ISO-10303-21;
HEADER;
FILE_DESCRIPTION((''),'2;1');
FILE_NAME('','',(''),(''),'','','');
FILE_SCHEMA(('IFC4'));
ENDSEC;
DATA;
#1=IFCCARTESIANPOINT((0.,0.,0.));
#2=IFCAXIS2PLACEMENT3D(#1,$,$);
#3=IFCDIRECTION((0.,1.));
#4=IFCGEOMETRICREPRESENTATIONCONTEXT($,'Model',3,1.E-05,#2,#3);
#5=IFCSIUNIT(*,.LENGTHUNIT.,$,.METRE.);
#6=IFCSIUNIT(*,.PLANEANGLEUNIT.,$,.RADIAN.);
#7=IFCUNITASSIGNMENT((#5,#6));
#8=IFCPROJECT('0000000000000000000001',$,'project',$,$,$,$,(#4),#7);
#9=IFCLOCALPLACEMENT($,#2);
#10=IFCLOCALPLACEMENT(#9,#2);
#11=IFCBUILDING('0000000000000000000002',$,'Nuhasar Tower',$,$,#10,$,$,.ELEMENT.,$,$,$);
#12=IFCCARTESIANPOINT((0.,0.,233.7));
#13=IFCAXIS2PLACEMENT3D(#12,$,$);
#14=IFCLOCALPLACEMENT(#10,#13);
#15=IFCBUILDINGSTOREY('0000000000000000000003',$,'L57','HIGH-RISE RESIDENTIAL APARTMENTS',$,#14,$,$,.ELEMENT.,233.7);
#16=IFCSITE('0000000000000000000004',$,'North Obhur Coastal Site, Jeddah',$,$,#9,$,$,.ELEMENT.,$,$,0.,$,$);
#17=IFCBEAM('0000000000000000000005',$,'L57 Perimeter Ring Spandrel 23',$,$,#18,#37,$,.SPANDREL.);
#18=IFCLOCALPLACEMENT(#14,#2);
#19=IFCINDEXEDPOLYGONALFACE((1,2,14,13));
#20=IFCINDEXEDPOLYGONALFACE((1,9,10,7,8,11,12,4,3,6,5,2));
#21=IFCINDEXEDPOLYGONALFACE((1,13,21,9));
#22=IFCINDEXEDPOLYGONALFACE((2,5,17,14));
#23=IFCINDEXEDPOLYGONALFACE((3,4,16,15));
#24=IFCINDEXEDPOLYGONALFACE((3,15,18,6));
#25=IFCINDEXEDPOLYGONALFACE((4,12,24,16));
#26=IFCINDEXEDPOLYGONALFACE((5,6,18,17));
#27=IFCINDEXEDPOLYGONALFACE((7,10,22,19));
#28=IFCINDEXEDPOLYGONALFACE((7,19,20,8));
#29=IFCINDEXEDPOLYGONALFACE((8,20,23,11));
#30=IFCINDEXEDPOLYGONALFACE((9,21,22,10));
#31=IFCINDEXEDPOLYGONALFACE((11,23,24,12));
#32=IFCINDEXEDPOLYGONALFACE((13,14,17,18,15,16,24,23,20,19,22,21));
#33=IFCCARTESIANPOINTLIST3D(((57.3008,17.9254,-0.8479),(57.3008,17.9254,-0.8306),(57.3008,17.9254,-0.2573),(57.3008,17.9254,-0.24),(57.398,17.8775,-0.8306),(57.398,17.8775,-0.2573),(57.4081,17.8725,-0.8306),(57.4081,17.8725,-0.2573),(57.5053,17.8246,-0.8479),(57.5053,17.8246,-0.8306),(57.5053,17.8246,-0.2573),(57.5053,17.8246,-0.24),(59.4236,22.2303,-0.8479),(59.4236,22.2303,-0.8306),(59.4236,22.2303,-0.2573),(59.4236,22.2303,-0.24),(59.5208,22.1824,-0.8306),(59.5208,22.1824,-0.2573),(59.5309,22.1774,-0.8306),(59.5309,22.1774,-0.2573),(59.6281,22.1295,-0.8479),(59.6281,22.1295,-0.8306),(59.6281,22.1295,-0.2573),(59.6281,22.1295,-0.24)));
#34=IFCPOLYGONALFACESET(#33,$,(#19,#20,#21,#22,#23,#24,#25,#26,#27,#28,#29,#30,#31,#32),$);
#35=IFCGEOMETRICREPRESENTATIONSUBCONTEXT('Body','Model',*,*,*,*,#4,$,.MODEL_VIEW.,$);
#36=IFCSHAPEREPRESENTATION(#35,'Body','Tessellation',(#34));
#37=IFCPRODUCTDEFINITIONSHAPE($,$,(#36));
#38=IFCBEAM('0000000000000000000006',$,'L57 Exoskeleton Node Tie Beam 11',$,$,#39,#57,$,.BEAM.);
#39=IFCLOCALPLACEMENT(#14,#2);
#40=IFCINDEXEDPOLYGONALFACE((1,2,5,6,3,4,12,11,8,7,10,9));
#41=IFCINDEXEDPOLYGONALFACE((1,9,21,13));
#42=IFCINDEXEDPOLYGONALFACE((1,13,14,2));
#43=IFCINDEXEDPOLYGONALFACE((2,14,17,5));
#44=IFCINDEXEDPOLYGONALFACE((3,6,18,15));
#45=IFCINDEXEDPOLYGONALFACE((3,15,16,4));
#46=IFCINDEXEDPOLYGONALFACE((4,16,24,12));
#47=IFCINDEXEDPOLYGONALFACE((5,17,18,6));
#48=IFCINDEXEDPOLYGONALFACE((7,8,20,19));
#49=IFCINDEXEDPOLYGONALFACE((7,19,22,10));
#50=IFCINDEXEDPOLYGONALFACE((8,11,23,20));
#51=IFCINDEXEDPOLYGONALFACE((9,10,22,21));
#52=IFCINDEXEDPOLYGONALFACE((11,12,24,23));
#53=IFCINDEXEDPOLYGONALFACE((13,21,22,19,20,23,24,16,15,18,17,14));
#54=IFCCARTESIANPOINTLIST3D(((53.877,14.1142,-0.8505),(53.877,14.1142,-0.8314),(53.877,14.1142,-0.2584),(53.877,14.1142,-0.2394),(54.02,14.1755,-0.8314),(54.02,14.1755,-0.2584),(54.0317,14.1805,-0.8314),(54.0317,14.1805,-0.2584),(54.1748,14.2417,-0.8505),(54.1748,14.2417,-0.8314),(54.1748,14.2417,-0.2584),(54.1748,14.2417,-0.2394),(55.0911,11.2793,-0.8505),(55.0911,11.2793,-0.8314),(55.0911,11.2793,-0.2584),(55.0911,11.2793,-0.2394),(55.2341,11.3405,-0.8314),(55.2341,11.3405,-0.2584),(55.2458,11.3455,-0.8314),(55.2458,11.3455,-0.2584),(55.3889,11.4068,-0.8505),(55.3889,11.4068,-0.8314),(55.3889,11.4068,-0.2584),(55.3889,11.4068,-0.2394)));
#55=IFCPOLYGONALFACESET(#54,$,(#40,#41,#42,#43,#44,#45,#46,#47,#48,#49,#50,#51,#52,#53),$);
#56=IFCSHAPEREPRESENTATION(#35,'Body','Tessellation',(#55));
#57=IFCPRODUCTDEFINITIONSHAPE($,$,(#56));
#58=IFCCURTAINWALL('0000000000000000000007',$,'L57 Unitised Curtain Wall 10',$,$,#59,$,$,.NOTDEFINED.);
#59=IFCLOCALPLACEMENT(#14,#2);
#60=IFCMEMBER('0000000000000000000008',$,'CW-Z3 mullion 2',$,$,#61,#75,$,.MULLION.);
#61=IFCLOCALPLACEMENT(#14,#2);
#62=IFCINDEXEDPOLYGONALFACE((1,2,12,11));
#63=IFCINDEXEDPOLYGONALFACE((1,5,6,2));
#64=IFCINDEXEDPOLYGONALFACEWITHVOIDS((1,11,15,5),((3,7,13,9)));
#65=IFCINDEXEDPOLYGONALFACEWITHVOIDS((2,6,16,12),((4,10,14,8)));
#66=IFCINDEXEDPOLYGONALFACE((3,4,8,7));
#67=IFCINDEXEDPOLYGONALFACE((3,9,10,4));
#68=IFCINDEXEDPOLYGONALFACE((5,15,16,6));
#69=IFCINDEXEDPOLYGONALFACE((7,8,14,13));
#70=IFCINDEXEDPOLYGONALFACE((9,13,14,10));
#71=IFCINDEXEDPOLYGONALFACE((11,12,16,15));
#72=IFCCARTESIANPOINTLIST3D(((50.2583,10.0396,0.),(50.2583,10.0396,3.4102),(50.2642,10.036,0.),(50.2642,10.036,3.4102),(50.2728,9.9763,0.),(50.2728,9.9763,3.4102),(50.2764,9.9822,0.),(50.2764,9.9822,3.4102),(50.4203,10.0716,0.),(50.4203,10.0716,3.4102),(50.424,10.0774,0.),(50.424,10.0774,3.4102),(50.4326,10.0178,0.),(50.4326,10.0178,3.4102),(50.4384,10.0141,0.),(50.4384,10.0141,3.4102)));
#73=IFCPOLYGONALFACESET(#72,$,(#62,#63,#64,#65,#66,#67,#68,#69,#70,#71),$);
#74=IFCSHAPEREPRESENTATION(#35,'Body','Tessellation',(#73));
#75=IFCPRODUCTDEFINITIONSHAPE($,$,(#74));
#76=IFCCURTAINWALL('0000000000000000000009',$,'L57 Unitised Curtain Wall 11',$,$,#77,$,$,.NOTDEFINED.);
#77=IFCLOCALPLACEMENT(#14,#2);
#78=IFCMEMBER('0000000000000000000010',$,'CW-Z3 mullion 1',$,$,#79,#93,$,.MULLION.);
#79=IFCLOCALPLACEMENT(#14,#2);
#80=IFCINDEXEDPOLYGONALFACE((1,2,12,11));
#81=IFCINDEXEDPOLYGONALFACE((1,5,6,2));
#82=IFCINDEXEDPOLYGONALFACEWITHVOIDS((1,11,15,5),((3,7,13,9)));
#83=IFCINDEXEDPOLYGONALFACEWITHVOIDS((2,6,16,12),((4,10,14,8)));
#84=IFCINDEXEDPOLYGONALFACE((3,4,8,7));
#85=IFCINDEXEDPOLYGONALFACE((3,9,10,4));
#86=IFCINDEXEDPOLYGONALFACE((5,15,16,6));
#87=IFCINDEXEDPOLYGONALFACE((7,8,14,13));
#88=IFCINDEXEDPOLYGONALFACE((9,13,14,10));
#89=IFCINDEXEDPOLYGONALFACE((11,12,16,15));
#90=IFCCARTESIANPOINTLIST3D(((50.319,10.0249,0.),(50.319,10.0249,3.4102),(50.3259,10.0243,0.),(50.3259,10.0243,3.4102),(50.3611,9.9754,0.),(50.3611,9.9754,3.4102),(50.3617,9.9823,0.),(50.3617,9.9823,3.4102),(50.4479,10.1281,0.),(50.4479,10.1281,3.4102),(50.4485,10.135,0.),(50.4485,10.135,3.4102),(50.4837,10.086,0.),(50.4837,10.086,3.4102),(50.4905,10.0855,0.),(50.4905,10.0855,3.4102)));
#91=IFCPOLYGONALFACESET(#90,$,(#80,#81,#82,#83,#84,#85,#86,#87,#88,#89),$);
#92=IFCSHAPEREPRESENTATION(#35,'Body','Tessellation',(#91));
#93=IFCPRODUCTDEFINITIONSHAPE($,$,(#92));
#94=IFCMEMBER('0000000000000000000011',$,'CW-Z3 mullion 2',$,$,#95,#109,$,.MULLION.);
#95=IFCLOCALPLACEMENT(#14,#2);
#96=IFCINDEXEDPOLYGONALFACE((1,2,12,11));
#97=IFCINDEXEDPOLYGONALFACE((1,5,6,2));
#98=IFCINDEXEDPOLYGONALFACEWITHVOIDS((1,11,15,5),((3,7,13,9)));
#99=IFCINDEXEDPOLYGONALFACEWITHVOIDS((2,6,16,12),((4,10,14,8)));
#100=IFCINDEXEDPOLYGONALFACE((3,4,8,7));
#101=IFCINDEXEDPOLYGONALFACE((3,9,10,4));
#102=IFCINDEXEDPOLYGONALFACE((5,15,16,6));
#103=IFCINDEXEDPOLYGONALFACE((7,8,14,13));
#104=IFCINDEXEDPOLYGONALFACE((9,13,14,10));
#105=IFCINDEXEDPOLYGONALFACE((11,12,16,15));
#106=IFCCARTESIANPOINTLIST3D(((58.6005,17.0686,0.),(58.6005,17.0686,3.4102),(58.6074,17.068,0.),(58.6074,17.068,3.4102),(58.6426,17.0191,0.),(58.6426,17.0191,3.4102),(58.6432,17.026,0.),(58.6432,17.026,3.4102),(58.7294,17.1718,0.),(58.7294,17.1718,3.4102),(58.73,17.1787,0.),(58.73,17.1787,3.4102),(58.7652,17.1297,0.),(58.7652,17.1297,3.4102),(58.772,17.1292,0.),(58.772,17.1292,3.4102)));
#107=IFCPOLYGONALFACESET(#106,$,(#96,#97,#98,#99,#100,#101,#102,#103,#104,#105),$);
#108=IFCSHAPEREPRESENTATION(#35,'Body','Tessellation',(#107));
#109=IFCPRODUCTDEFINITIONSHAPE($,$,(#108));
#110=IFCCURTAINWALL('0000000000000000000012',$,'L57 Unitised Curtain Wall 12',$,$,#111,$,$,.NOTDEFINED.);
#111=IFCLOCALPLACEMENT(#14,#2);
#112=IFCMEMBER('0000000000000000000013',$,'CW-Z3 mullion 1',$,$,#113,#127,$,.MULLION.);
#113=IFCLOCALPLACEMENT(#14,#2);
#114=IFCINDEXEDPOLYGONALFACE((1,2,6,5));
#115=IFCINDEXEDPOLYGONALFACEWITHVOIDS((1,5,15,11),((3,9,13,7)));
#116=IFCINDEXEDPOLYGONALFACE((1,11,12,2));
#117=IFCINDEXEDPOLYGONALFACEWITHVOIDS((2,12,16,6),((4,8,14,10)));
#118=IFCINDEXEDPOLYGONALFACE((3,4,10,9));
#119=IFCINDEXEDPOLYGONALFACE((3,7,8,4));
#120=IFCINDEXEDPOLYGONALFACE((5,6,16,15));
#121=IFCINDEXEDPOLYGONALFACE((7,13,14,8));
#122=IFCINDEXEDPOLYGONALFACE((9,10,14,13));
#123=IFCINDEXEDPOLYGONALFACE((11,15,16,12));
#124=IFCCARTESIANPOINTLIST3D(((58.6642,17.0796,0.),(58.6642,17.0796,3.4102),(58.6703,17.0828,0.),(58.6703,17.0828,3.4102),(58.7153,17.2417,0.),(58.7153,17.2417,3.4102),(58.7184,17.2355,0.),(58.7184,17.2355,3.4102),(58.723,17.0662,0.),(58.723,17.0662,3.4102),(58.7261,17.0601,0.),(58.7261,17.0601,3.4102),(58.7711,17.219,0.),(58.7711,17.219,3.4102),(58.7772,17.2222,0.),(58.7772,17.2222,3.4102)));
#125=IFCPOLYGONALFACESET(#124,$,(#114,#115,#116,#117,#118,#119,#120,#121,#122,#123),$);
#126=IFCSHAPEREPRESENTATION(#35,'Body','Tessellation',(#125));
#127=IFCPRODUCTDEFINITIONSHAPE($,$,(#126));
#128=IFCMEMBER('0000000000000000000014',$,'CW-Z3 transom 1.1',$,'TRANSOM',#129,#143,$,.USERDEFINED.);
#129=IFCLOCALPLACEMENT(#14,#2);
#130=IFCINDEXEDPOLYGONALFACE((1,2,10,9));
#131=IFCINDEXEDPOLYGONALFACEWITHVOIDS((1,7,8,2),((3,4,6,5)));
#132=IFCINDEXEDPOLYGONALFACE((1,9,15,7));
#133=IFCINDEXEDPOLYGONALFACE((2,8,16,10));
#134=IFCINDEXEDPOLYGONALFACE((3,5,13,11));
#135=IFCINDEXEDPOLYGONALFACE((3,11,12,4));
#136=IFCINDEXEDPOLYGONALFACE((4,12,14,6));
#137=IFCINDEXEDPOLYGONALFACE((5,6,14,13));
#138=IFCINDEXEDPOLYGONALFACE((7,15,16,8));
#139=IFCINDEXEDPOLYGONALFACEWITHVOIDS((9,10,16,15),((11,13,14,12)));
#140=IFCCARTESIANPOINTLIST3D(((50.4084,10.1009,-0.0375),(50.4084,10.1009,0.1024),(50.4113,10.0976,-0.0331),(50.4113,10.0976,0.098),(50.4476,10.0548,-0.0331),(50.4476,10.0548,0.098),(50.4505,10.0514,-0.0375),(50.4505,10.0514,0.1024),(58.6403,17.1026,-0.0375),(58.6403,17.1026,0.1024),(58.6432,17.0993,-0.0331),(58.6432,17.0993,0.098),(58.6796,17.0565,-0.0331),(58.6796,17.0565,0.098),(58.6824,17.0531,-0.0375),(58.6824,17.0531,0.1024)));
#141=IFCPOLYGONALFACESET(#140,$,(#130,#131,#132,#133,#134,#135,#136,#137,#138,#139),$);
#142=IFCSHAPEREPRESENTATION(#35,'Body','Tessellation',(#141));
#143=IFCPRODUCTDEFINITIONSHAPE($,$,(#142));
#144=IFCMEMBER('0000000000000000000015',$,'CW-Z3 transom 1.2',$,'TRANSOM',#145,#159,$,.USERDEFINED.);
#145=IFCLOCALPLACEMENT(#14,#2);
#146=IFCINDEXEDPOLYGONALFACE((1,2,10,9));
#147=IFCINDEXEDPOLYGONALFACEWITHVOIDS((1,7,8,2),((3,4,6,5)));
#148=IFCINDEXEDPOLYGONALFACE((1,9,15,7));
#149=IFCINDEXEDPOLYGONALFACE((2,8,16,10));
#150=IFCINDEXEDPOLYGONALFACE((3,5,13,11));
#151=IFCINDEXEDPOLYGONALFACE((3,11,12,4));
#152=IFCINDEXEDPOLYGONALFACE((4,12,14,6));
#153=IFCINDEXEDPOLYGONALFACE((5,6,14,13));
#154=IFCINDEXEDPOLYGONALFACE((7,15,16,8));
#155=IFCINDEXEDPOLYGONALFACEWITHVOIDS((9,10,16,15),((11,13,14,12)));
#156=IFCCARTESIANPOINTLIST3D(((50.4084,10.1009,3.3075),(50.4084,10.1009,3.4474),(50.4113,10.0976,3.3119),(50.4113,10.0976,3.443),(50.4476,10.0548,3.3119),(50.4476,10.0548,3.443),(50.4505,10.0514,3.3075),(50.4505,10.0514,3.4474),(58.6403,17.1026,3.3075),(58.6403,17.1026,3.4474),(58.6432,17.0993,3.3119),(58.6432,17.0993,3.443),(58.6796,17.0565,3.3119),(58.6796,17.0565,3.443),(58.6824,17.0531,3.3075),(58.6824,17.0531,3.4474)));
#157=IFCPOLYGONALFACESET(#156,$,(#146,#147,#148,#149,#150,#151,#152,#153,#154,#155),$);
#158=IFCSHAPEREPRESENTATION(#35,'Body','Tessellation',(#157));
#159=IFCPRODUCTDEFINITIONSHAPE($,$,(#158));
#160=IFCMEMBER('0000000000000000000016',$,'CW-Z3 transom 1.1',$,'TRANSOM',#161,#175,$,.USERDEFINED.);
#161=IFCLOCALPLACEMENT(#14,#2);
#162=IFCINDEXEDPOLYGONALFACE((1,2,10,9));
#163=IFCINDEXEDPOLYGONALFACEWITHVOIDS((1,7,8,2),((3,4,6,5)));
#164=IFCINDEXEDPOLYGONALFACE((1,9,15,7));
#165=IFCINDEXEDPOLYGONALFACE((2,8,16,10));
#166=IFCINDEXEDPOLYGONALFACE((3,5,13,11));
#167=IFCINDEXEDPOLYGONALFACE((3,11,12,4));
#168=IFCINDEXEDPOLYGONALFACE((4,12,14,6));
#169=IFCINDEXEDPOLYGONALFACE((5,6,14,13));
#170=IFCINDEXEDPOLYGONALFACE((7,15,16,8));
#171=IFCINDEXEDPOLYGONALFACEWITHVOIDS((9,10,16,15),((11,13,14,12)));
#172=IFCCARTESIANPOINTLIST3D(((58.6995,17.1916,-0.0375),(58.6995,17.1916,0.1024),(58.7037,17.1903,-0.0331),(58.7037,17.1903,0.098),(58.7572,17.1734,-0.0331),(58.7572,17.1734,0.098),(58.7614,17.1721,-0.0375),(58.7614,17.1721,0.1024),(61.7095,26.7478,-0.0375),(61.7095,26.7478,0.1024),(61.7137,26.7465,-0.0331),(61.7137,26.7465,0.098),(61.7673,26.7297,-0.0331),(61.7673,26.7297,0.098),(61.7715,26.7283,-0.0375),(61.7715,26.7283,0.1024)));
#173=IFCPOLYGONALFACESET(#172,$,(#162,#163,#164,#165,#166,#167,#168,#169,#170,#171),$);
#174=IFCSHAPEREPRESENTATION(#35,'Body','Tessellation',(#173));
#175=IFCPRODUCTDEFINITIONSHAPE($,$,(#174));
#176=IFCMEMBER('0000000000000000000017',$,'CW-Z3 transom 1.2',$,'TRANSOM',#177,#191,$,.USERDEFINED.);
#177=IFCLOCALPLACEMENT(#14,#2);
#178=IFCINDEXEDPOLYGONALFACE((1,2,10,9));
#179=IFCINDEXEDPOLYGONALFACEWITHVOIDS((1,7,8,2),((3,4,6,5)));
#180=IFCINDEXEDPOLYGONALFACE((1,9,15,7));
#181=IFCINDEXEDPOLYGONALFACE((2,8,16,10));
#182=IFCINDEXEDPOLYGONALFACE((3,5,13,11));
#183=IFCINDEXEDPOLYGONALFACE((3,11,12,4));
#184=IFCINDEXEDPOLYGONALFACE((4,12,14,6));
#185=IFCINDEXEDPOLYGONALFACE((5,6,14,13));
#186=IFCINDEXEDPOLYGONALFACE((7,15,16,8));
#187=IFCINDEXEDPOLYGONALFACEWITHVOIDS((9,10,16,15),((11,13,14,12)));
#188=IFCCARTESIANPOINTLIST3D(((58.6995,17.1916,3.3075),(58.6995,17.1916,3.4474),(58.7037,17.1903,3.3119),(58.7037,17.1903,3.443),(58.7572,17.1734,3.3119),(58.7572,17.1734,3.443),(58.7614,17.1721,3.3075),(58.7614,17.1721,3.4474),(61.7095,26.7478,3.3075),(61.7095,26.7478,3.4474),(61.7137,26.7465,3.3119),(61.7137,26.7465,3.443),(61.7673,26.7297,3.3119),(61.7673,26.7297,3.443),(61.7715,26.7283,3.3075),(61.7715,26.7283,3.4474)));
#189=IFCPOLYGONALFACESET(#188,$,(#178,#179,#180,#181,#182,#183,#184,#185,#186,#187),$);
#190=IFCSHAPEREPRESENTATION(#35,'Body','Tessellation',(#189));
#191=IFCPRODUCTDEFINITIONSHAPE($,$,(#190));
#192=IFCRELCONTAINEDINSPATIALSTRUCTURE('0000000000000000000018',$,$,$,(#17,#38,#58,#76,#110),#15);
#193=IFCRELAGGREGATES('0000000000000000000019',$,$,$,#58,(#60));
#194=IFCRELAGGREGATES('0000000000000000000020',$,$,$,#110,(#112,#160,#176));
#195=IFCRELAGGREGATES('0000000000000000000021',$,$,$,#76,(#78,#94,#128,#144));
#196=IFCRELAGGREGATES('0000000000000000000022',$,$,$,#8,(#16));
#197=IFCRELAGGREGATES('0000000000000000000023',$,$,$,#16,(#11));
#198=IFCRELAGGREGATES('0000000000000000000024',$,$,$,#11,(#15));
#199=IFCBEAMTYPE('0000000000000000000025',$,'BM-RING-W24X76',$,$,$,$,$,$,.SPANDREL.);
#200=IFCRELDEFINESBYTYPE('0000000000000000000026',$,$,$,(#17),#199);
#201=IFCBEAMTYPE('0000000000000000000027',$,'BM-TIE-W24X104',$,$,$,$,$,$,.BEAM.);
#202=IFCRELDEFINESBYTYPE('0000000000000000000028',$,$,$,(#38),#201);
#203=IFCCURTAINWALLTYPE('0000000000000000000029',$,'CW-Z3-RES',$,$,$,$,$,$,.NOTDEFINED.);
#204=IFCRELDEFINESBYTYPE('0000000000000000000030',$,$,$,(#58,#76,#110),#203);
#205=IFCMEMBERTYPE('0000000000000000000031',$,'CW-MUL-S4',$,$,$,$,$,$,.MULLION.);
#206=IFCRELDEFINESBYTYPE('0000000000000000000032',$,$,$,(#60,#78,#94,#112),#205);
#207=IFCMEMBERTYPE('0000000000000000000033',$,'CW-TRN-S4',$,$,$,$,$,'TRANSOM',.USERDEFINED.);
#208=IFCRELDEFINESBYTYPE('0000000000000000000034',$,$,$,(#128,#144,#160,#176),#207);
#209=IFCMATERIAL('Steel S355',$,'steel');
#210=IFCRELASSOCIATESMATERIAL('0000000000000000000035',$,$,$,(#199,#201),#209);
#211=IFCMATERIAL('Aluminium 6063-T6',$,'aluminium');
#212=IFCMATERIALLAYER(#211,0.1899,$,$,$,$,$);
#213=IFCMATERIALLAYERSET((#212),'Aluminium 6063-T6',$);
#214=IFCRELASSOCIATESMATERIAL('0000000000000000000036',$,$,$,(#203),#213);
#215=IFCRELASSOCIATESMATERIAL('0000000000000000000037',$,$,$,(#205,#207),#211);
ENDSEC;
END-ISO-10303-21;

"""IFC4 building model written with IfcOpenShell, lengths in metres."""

from ifc_helpers import new_model, si_unit, direction, frame, origin, origin_2d, place, context, subcontext, project, spatial, hollow_rectangle, i_section, extrude, material, layer, layer_set, material_profile, profile_set, type_object, element, aggregate, save


model = new_model("IFC4")

# Units and contexts
model_context = context("Model", 3, precision=1e-05, world=origin(), true_north=direction((0.0, 1.0)))
body_context = subcontext(model_context, "Body", "Model", "MODEL_VIEW")
ifc_project = project(units=[si_unit("LENGTHUNIT", "METRE"), si_unit("PLANEANGLEUNIT", "RADIAN")], contexts=[model_context])

# Site, building, storey
site_placement = place(None, origin())
site = spatial("IfcSite", under=ifc_project, at=site_placement, Name="North Obhur Coastal Site, Jeddah", CompositionType="ELEMENT", RefElevation=0.0)
building_placement = place(site_placement, origin())
building = spatial("IfcBuilding", under=site, at=building_placement, Name="Nuhasar Tower", CompositionType="ELEMENT")
storey_placement = place(building_placement, frame((0.0, 0.0, 233.7)))
storey = spatial("IfcBuildingStorey", under=building, at=storey_placement, Name="L57", Description="HIGH-RISE RESIDENTIAL APARTMENTS", CompositionType="ELEMENT", Elevation=233.7)

# Beams
ifc_material_1 = material(Name="Steel S355", Category="steel")
ifc_material_profile_1 = material_profile(ifc_material_1, i_section(OverallWidth=0.228, OverallDepth=0.6079, WebThickness=0.0112, FlangeThickness=0.0173, at=origin_2d()), Name="W24X76")
ifc_profile_set_1 = profile_set([ifc_material_profile_1], Name="Steel S355")
beam_type_1 = type_object("IfcBeamType", Name="BM-RING-W24X76", PredefinedType="SPANDREL", material=ifc_profile_set_1)
beam_1_placement = place(storey_placement, frame((57.4031, 17.875, -0.5439), z_axis=(0.442263, 0.896886, 0.0), x_axis=(-0.896886, 0.442263, 0.0)))
element("IfcBeam", 1, at=beam_1_placement, inside=storey, type_object=beam_type_1, Name="L57 Perimeter Ring Spandrel 23", PredefinedType="SPANDREL", context=body_context, shape_type="SweptSolid", body=[
    extrude(i_section(OverallWidth=0.228, OverallDepth=0.6079, WebThickness=0.0112, FlangeThickness=0.0173, at=origin_2d()), origin(), (0.0, 0.0, 1.0), 4.7998),
])
ifc_material_profile_2 = material_profile(ifc_material_1, i_section(OverallWidth=0.324, OverallDepth=0.6111, WebThickness=0.0127, FlangeThickness=0.019, at=origin_2d()), Name="W24X104")
ifc_profile_set_2 = profile_set([ifc_material_profile_2], Name="Steel S355")
beam_type_2 = type_object("IfcBeamType", Name="BM-TIE-W24X104", PredefinedType="BEAM", material=ifc_profile_set_2)
beam_2_placement = place(storey_placement, frame((54.0259, 14.178, -0.5449), z_axis=(0.39368, -0.919247, 0.0), x_axis=(0.919247, 0.39368, 0.0)))
element("IfcBeam", 2, at=beam_2_placement, inside=storey, type_object=beam_type_2, Name="L57 Exoskeleton Node Tie Beam 11", PredefinedType="BEAM", context=body_context, shape_type="SweptSolid", body=[
    extrude(i_section(OverallWidth=0.324, OverallDepth=0.6111, WebThickness=0.0127, FlangeThickness=0.019, at=origin_2d()), origin(), (0.0, 0.0, 1.0), 3.084),
])

# Curtain wall, member
ifc_material_2 = material(Name="Aluminium 6063-T6", Category="aluminium")
ifc_layer_1 = layer(ifc_material_2, 0.1899)
ifc_layer_set_1 = layer_set([ifc_layer_1], Name="Aluminium 6063-T6")
curtain_wall_type = type_object("IfcCurtainWallType", Name="CW-Z3-RES", PredefinedType="NOTDEFINED", material=ifc_layer_set_1)
curtain_wall_1_placement = place(storey_placement, origin())
curtain_wall_1 = element("IfcCurtainWall", 3, at=curtain_wall_1_placement, inside=storey, type_object=curtain_wall_type, Name="L57 Unitised Curtain Wall 10", PredefinedType="NOTDEFINED")
ifc_material_profile_3 = material_profile(ifc_material_2, hollow_rectangle(XDim=0.0649, YDim=0.1699, WallThickness=0.0049, at=origin_2d()), Name="CWM-4")
ifc_profile_set_3 = profile_set([ifc_material_profile_3], Name="Aluminium 6063-T6")
member_type_1 = type_object("IfcMemberType", Name="CW-MUL-S4", PredefinedType="MULLION", material=ifc_profile_set_3)
member_1_placement = place(storey_placement, frame((50.3484, 10.0269, 0.0), z_axis=(0.0, 0.0, 1.0), x_axis=(-0.222243, 0.974991, 0.0)))
member_1 = element("IfcMember", 4, at=member_1_placement, type_object=member_type_1, Name="CW-Z3 mullion 2", PredefinedType="MULLION", context=body_context, shape_type="SweptSolid", body=[
    extrude(hollow_rectangle(XDim=0.0649, YDim=0.1699, WallThickness=0.0049, at=origin_2d()), origin(), (0.0, 0.0, 1.0), 3.4102),
])
aggregate(curtain_wall_1, [member_1])

# Curtain wall, members
curtain_wall_2_placement = place(storey_placement, origin())
curtain_wall_2 = element("IfcCurtainWall", 5, at=curtain_wall_2_placement, inside=storey, type_object=curtain_wall_type, Name="L57 Unitised Curtain Wall 11", PredefinedType="NOTDEFINED")
member_2_placement = place(storey_placement, frame((50.4048, 10.0552, 0.0), z_axis=(0.0, 0.0, 1.0), x_axis=(-0.647895, 0.761729, 0.0)))
member_2 = element("IfcMember", 6, at=member_2_placement, type_object=member_type_1, Name="CW-Z3 mullion 1", PredefinedType="MULLION", context=body_context, shape_type="SweptSolid", body=[
    extrude(hollow_rectangle(XDim=0.0649, YDim=0.1699, WallThickness=0.0049, at=origin_2d()), origin(), (0.0, 0.0, 1.0), 3.4102),
])
member_3_placement = place(storey_placement, frame((58.6863, 17.0989, 0.0), z_axis=(0.0, 0.0, 1.0), x_axis=(-0.647895, 0.761729, 0.0)))
member_3 = element("IfcMember", 7, at=member_3_placement, type_object=member_type_1, Name="CW-Z3 mullion 2", PredefinedType="MULLION", context=body_context, shape_type="SweptSolid", body=[
    extrude(hollow_rectangle(XDim=0.0649, YDim=0.1699, WallThickness=0.0049, at=origin_2d()), origin(), (0.0, 0.0, 1.0), 3.4102),
])

# Curtain wall, member
curtain_wall_3_placement = place(storey_placement, origin())
curtain_wall_3 = element("IfcCurtainWall", 8, at=curtain_wall_3_placement, inside=storey, type_object=curtain_wall_type, Name="L57 Unitised Curtain Wall 12", PredefinedType="NOTDEFINED")
member_4_placement = place(storey_placement, frame((58.7207, 17.1509, 0.0), z_axis=(0.0, 0.0, 1.0), x_axis=(-0.953804, 0.300429, 0.0)))
member_4 = element("IfcMember", 9, at=member_4_placement, type_object=member_type_1, Name="CW-Z3 mullion 1", PredefinedType="MULLION", context=body_context, shape_type="SweptSolid", body=[
    extrude(hollow_rectangle(XDim=0.0649, YDim=0.1699, WallThickness=0.0049, at=origin_2d()), origin(), (0.0, 0.0, 1.0), 3.4102),
])

# Members
ifc_material_profile_4 = material_profile(ifc_material_2, hollow_rectangle(XDim=0.0649, YDim=0.1399, WallThickness=0.0044, at=origin_2d()), Name="CWT-4")
ifc_profile_set_4 = profile_set([ifc_material_profile_4], Name="Aluminium 6063-T6")
member_type_2 = type_object("IfcMemberType", Name="CW-TRN-S4", ElementType="TRANSOM", PredefinedType="USERDEFINED", material=ifc_profile_set_4)
member_5_placement = place(storey_placement, frame((50.4294, 10.0762, 0.0325), z_axis=(0.761731, 0.647894, 0.0), x_axis=(-0.647894, 0.761731, 0.0)))
member_5 = element("IfcMember", 10, at=member_5_placement, type_object=member_type_2, Name="CW-Z3 transom 1.1", ObjectType="TRANSOM", PredefinedType="USERDEFINED", context=body_context, shape_type="SweptSolid", body=[
    extrude(hollow_rectangle(XDim=0.0649, YDim=0.1399, WallThickness=0.0044, at=origin_2d()), origin(), (0.0, 0.0, 1.0), 10.8069),
])
member_6_placement = place(storey_placement, frame((50.4294, 10.0762, 3.3774), z_axis=(0.761731, 0.647894, 0.0), x_axis=(-0.647894, 0.761731, 0.0)))
member_6 = element("IfcMember", 11, at=member_6_placement, type_object=member_type_2, Name="CW-Z3 transom 1.2", ObjectType="TRANSOM", PredefinedType="USERDEFINED", context=body_context, shape_type="SweptSolid", body=[
    extrude(hollow_rectangle(XDim=0.0649, YDim=0.1399, WallThickness=0.0044, at=origin_2d()), origin(), (0.0, 0.0, 1.0), 10.8069),
])
member_7_placement = place(storey_placement, frame((58.7305, 17.1819, 0.0325), z_axis=(0.30043, 0.953804, 0.0), x_axis=(-0.953804, 0.30043, 0.0)))
member_7 = element("IfcMember", 12, at=member_7_placement, type_object=member_type_2, Name="CW-Z3 transom 1.1", ObjectType="TRANSOM", PredefinedType="USERDEFINED", context=body_context, shape_type="SweptSolid", body=[
    extrude(hollow_rectangle(XDim=0.0649, YDim=0.1399, WallThickness=0.0044, at=origin_2d()), origin(), (0.0, 0.0, 1.0), 10.019),
])
member_8_placement = place(storey_placement, frame((58.7305, 17.1819, 3.3774), z_axis=(0.30043, 0.953804, 0.0), x_axis=(-0.953804, 0.30043, 0.0)))
member_8 = element("IfcMember", 13, at=member_8_placement, type_object=member_type_2, Name="CW-Z3 transom 1.2", ObjectType="TRANSOM", PredefinedType="USERDEFINED", context=body_context, shape_type="SweptSolid", body=[
    extrude(hollow_rectangle(XDim=0.0649, YDim=0.1399, WallThickness=0.0044, at=origin_2d()), origin(), (0.0, 0.0, 1.0), 10.019),
])
aggregate(curtain_wall_3, [member_4, member_7, member_8])

aggregate(curtain_wall_2, [member_2, member_3, member_5, member_6])

save(model, "model.ifc")
